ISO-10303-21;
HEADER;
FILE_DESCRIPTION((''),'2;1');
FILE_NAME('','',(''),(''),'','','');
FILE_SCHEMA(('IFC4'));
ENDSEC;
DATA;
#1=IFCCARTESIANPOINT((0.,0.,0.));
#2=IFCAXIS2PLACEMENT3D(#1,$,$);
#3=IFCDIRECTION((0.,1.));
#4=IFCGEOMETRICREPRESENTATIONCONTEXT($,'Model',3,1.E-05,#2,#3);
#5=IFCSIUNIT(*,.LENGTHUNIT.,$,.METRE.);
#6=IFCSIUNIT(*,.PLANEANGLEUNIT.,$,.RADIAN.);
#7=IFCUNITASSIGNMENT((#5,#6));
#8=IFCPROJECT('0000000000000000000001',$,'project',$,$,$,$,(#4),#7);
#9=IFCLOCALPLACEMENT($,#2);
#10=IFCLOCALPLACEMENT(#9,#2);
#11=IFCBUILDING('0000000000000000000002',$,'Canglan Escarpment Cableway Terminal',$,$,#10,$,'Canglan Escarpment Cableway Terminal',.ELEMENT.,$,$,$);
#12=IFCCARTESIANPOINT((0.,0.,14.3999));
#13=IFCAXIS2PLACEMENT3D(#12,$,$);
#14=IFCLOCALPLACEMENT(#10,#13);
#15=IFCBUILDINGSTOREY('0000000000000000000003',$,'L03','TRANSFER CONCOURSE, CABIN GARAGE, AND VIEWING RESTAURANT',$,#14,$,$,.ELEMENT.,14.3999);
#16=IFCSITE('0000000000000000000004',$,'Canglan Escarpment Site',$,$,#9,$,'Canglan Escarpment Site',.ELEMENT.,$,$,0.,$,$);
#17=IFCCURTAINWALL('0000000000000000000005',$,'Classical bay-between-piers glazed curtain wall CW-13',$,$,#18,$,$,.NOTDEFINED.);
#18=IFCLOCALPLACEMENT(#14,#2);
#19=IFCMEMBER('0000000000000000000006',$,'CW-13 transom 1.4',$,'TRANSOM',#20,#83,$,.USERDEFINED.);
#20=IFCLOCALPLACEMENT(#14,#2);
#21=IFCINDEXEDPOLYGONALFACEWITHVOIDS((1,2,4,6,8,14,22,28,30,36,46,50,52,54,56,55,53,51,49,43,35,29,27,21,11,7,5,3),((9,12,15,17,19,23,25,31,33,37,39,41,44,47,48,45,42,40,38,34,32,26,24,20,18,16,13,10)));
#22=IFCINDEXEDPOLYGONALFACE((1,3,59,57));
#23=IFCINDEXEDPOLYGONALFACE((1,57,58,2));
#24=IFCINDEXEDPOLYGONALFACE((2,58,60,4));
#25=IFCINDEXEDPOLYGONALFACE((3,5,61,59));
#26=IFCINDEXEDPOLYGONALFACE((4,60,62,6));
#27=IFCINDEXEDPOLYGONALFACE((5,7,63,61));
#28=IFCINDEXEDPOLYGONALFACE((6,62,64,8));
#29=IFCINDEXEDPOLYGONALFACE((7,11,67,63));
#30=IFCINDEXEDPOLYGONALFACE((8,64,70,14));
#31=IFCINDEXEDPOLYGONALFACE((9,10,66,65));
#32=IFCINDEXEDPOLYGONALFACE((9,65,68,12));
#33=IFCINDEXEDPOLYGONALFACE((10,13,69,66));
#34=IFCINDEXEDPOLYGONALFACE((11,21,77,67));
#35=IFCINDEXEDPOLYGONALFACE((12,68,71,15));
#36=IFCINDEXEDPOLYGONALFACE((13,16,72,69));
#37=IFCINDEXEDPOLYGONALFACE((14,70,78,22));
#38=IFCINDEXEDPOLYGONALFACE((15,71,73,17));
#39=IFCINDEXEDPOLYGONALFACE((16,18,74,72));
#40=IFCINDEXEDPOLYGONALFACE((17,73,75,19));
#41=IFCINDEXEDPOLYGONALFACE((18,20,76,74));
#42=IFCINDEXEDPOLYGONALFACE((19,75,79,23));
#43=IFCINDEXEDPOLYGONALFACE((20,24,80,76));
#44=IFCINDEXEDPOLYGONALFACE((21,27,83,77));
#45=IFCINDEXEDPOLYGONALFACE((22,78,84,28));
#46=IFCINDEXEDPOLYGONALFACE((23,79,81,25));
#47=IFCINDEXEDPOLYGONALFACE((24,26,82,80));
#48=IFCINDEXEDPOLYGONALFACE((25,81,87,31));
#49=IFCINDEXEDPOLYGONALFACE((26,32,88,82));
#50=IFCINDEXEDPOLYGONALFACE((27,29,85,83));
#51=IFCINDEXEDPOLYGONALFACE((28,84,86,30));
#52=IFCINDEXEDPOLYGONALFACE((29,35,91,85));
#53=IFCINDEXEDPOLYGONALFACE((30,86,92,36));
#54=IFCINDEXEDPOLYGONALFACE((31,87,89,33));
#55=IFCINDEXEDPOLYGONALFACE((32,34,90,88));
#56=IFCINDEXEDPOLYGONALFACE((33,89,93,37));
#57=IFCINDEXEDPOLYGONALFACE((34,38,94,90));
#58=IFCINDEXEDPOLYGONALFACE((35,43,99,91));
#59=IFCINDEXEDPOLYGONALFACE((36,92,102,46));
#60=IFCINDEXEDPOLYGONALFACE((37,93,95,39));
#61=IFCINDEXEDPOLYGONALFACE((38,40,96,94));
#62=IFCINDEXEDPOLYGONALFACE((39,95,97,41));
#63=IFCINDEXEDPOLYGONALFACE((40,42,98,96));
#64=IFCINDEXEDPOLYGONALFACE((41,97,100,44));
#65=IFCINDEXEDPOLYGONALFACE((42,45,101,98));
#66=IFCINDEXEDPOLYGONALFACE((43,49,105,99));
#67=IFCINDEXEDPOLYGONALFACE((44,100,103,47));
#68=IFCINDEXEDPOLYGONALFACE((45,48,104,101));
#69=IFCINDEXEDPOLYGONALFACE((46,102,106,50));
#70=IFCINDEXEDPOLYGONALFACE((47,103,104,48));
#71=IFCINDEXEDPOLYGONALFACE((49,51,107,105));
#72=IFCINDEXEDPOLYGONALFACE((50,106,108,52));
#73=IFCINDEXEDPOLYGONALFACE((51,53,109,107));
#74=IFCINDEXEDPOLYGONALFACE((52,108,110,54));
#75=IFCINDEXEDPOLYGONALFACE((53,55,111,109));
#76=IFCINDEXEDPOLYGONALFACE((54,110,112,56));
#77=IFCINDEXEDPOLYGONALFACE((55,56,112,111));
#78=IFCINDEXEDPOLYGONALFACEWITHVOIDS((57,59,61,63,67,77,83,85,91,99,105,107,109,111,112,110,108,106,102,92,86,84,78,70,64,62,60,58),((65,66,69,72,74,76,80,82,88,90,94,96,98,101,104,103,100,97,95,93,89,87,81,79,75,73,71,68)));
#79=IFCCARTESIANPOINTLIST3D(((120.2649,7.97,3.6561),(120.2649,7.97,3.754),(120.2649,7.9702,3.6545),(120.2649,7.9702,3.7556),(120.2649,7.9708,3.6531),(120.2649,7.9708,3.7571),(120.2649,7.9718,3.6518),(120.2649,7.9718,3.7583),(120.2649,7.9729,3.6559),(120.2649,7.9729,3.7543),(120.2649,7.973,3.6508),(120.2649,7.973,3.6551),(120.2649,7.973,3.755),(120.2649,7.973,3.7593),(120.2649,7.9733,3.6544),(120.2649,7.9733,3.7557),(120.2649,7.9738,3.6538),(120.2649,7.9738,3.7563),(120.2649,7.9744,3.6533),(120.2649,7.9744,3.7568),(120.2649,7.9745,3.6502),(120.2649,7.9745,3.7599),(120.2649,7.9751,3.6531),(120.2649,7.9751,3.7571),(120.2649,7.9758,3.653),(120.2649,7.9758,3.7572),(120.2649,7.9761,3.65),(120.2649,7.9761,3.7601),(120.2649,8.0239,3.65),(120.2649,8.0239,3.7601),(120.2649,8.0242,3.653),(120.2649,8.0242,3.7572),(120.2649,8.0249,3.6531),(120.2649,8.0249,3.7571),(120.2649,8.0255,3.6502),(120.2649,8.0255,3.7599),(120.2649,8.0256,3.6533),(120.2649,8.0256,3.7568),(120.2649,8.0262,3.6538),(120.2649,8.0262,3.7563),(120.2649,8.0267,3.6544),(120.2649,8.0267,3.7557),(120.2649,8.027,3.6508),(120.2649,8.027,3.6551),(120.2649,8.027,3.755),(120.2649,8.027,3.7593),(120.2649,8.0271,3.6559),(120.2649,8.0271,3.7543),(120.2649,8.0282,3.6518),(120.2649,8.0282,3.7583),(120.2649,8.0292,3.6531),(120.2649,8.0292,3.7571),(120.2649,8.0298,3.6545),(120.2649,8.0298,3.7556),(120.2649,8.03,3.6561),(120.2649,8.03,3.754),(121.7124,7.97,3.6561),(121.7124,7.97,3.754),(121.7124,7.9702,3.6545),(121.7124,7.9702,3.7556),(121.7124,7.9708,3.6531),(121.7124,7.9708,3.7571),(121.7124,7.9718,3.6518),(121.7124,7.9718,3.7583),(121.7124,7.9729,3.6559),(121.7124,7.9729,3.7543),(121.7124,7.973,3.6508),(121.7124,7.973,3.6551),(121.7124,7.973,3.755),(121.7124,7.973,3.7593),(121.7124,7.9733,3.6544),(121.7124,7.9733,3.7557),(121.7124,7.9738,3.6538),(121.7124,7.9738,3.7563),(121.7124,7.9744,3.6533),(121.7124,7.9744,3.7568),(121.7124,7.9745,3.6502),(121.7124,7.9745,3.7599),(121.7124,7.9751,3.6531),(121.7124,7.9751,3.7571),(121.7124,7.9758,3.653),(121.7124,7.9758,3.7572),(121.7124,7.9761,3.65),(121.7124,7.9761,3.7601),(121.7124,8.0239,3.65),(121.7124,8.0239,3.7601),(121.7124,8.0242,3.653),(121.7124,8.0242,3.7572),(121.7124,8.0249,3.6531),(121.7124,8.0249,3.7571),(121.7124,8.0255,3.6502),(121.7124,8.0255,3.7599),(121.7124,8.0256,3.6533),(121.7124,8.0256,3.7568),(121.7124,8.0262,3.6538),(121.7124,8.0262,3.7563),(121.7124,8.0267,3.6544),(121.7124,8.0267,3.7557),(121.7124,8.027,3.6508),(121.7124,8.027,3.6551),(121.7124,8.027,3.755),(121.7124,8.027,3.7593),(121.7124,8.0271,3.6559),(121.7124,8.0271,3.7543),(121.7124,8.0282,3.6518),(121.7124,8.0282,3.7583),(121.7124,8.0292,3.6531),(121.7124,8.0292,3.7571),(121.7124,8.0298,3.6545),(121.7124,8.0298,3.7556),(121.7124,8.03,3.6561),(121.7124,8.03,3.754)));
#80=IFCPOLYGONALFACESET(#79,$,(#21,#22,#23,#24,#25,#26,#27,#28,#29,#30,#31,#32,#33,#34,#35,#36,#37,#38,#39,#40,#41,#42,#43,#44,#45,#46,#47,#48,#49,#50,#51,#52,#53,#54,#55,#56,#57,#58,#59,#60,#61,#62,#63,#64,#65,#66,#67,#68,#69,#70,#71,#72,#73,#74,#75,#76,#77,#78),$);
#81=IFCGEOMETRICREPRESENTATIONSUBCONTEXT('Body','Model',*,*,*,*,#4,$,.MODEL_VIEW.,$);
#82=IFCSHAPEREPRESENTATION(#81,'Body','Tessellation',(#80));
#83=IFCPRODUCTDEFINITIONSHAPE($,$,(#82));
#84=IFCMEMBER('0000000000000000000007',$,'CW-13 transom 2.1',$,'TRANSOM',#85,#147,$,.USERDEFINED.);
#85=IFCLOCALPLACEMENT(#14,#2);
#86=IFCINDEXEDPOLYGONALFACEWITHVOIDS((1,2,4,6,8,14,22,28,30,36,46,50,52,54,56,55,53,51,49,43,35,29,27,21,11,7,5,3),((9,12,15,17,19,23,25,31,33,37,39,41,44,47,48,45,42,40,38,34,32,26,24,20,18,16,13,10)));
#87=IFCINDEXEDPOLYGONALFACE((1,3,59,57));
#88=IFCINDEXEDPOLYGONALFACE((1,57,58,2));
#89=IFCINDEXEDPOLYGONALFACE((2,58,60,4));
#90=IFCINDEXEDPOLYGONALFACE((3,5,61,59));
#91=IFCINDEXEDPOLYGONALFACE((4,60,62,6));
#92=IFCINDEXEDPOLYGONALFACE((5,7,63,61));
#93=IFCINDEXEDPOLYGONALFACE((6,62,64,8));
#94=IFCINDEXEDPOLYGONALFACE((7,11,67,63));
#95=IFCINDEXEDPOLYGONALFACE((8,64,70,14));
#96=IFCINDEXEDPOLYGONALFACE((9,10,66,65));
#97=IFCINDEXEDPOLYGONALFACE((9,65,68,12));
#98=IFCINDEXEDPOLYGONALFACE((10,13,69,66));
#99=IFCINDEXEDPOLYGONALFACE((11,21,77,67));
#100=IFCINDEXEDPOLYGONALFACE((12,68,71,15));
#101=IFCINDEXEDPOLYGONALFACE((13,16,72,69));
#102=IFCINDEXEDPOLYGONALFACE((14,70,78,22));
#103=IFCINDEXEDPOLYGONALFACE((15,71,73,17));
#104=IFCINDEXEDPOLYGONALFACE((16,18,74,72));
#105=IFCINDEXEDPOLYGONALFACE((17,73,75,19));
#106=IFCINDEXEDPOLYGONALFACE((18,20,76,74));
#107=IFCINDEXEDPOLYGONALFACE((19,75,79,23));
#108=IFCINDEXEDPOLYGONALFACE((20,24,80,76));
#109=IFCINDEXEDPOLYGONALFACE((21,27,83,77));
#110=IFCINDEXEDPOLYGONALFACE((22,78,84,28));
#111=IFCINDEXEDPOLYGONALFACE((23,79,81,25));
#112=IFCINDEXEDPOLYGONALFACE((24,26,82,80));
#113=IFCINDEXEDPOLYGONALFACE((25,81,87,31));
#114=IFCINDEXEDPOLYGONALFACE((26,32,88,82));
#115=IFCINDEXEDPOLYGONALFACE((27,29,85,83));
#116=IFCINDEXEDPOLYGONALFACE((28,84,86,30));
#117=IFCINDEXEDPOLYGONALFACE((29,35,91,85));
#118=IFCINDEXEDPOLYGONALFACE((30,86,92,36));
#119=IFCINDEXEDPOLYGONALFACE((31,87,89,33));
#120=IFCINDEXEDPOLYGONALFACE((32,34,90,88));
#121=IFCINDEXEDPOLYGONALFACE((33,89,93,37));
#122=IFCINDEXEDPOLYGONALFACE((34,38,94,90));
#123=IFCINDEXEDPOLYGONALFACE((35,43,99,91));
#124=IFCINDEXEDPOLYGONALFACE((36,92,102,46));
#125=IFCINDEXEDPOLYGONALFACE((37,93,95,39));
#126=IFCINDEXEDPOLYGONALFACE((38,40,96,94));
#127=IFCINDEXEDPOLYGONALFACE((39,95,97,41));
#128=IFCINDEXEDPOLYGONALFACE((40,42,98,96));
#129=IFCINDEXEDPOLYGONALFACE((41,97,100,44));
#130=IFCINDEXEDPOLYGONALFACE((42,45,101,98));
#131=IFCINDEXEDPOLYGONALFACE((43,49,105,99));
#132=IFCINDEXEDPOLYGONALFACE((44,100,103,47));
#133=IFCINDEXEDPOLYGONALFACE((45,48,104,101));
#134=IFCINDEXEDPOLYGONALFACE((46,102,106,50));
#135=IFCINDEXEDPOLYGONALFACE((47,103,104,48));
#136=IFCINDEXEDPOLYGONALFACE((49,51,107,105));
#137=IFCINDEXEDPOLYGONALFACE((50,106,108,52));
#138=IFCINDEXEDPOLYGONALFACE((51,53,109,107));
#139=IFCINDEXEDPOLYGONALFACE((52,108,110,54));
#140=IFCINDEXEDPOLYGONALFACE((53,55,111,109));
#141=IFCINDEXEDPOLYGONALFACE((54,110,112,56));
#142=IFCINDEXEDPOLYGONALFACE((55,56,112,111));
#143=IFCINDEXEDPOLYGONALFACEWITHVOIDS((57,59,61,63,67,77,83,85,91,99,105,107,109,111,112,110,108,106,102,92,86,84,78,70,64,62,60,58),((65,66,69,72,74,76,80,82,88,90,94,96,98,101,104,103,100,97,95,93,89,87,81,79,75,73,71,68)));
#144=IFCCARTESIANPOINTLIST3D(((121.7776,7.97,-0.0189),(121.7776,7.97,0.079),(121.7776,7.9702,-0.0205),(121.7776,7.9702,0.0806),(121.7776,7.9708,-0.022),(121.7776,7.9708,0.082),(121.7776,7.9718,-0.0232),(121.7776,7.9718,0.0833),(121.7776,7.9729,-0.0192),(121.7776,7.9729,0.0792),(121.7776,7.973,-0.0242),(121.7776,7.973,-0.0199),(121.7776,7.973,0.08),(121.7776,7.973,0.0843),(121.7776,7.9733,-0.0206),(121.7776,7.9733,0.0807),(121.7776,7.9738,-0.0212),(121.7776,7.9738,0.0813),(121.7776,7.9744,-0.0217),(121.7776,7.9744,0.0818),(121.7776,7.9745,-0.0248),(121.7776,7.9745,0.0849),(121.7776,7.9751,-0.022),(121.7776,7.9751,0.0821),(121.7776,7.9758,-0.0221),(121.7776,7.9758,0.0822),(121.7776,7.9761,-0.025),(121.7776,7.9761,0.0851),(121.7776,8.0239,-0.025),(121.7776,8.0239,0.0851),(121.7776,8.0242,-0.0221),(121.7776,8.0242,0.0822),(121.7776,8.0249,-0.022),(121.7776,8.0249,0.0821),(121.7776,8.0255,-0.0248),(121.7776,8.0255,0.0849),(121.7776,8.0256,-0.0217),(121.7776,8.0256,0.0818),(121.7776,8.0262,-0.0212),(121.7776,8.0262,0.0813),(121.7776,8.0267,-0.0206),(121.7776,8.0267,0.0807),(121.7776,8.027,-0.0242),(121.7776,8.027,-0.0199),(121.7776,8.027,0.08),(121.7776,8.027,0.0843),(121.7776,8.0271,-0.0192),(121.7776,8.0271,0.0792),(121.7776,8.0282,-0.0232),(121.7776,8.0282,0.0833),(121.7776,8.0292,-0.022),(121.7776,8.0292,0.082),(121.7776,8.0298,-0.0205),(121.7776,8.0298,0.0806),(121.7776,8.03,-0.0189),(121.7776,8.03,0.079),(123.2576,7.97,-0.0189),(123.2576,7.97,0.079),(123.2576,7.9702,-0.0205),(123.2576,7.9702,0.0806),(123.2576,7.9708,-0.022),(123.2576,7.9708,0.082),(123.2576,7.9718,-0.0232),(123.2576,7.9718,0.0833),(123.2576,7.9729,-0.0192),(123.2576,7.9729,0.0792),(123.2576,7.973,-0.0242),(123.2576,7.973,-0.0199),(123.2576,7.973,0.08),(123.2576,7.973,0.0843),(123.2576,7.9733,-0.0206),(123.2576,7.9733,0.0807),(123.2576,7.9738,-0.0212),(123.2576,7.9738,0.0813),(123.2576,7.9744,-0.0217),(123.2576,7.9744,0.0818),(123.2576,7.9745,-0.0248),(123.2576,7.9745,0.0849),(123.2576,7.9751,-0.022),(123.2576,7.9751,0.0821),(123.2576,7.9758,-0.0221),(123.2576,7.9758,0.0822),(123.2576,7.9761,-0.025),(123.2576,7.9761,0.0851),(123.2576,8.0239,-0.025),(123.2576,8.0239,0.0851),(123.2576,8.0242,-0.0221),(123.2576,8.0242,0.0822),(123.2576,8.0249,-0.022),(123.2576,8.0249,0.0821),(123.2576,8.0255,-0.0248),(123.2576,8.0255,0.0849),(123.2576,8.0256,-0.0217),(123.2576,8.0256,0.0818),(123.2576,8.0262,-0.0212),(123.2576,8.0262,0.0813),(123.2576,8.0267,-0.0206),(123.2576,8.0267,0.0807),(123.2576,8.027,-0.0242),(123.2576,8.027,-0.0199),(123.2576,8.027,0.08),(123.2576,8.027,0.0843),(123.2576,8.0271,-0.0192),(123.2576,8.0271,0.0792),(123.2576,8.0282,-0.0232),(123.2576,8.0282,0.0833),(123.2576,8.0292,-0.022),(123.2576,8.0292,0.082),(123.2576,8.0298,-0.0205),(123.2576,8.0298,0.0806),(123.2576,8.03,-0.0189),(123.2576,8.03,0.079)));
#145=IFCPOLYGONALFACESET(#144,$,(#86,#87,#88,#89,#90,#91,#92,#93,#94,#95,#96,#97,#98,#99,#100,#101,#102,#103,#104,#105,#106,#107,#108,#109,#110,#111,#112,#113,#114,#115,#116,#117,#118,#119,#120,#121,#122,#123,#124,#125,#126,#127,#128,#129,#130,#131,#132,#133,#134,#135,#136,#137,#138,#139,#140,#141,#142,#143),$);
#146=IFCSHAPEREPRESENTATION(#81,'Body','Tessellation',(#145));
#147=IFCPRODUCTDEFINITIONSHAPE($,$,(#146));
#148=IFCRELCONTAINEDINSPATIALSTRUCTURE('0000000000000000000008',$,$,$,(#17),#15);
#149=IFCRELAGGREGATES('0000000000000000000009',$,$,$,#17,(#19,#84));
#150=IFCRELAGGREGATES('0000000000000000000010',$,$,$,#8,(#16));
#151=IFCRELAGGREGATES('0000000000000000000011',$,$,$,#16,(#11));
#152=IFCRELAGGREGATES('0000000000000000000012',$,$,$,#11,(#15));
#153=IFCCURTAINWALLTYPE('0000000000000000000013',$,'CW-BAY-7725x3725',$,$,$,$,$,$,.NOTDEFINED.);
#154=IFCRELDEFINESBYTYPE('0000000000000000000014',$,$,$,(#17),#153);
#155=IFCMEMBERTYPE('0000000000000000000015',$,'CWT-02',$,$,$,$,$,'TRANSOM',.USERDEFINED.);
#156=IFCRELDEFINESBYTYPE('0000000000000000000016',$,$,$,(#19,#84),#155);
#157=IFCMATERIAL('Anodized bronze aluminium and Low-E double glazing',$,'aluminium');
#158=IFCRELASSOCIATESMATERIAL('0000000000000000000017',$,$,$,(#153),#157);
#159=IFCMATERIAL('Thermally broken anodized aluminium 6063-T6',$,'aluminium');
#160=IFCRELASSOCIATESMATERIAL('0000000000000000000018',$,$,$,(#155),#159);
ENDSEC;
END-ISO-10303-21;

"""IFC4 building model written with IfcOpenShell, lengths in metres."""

from ifc_helpers import new_model, si_unit, direction, frame, origin, origin_2d, place, context, subcontext, project, spatial, hollow_rectangle, extrude, material, material_profile, profile_set, type_object, element, aggregate, save


model = new_model("IFC4")

# Units and contexts
model_context = context("Model", 3, precision=1e-05, world=origin(), true_north=direction((0.0, 1.0)))
body_context = subcontext(model_context, "Body", "Model", "MODEL_VIEW")
ifc_project = project(units=[si_unit("LENGTHUNIT", "METRE"), si_unit("PLANEANGLEUNIT", "RADIAN")], contexts=[model_context])

# Site, building, storey
site_placement = place(None, origin())
site = spatial("IfcSite", under=ifc_project, at=site_placement, Name="Canglan Escarpment Site", LongName="Canglan Escarpment Site", CompositionType="ELEMENT", RefElevation=0.0)
building_placement = place(site_placement, origin())
building = spatial("IfcBuilding", under=site, at=building_placement, Name="Canglan Escarpment Cableway Terminal", LongName="Canglan Escarpment Cableway Terminal", CompositionType="ELEMENT")
storey_placement = place(building_placement, frame((0.0, 0.0, 14.3999)))
storey = spatial("IfcBuildingStorey", under=building, at=storey_placement, Name="L03", Description="TRANSFER CONCOURSE, CABIN GARAGE, AND VIEWING RESTAURANT", CompositionType="ELEMENT", Elevation=14.3999)

# Curtain wall, members
ifc_material_1 = material(Name="Anodized bronze aluminium and Low-E double glazing", Category="aluminium")
curtain_wall_type = type_object("IfcCurtainWallType", Name="CW-BAY-7725x3725", PredefinedType="NOTDEFINED", material=ifc_material_1)
curtain_wall_placement = place(storey_placement, origin())
curtain_wall = element("IfcCurtainWall", 1, at=curtain_wall_placement, inside=storey, type_object=curtain_wall_type, Name="Classical bay-between-piers glazed curtain wall CW-13", PredefinedType="NOTDEFINED")
ifc_material_2 = material(Name="Thermally broken anodized aluminium 6063-T6", Category="aluminium")
ifc_material_profile_1 = material_profile(ifc_material_2, hollow_rectangle(XDim=0.0601, YDim=0.1101, WallThickness=0.0029, InnerFilletRadius=0.0029, OuterFilletRadius=0.0061, at=origin_2d()), Name="ALU-TRAN 60x110x3")
ifc_profile_set_1 = profile_set([ifc_material_profile_1], Name="Thermally broken anodized aluminium 6063-T6")
member_type_1 = type_object("IfcMemberType", Name="CWT-02", ElementType="TRANSOM", PredefinedType="USERDEFINED", material=ifc_profile_set_1)
member_1_placement = place(storey_placement, frame((120.2649, 8.0, 3.7051), z_axis=(1.0, 0.0, 0.0), x_axis=(0.0, 1.0, 0.0)))
member_1 = element("IfcMember", 2, at=member_1_placement, type_object=member_type_1, Name="CW-13 transom 1.4", ObjectType="TRANSOM", PredefinedType="USERDEFINED", context=body_context, shape_type="SweptSolid", body=[
    extrude(hollow_rectangle(XDim=0.0601, YDim=0.1101, WallThickness=0.0029, InnerFilletRadius=0.0029, OuterFilletRadius=0.0061, at=origin_2d()), origin(), (0.0, 0.0, 1.0), 1.4475),
])
member_2_placement = place(storey_placement, frame((121.7776, 8.0, 0.03), z_axis=(1.0, 0.0, 0.0), x_axis=(0.0, 1.0, 0.0)))
member_2 = element("IfcMember", 3, at=member_2_placement, type_object=member_type_1, Name="CW-13 transom 2.1", ObjectType="TRANSOM", PredefinedType="USERDEFINED", context=body_context, shape_type="SweptSolid", body=[
    extrude(hollow_rectangle(XDim=0.0601, YDim=0.1101, WallThickness=0.0029, InnerFilletRadius=0.0029, OuterFilletRadius=0.0061, at=origin_2d()), origin(), (0.0, 0.0, 1.0), 1.48),
])

aggregate(curtain_wall, [member_1, member_2])

save(model, "model.ifc")
